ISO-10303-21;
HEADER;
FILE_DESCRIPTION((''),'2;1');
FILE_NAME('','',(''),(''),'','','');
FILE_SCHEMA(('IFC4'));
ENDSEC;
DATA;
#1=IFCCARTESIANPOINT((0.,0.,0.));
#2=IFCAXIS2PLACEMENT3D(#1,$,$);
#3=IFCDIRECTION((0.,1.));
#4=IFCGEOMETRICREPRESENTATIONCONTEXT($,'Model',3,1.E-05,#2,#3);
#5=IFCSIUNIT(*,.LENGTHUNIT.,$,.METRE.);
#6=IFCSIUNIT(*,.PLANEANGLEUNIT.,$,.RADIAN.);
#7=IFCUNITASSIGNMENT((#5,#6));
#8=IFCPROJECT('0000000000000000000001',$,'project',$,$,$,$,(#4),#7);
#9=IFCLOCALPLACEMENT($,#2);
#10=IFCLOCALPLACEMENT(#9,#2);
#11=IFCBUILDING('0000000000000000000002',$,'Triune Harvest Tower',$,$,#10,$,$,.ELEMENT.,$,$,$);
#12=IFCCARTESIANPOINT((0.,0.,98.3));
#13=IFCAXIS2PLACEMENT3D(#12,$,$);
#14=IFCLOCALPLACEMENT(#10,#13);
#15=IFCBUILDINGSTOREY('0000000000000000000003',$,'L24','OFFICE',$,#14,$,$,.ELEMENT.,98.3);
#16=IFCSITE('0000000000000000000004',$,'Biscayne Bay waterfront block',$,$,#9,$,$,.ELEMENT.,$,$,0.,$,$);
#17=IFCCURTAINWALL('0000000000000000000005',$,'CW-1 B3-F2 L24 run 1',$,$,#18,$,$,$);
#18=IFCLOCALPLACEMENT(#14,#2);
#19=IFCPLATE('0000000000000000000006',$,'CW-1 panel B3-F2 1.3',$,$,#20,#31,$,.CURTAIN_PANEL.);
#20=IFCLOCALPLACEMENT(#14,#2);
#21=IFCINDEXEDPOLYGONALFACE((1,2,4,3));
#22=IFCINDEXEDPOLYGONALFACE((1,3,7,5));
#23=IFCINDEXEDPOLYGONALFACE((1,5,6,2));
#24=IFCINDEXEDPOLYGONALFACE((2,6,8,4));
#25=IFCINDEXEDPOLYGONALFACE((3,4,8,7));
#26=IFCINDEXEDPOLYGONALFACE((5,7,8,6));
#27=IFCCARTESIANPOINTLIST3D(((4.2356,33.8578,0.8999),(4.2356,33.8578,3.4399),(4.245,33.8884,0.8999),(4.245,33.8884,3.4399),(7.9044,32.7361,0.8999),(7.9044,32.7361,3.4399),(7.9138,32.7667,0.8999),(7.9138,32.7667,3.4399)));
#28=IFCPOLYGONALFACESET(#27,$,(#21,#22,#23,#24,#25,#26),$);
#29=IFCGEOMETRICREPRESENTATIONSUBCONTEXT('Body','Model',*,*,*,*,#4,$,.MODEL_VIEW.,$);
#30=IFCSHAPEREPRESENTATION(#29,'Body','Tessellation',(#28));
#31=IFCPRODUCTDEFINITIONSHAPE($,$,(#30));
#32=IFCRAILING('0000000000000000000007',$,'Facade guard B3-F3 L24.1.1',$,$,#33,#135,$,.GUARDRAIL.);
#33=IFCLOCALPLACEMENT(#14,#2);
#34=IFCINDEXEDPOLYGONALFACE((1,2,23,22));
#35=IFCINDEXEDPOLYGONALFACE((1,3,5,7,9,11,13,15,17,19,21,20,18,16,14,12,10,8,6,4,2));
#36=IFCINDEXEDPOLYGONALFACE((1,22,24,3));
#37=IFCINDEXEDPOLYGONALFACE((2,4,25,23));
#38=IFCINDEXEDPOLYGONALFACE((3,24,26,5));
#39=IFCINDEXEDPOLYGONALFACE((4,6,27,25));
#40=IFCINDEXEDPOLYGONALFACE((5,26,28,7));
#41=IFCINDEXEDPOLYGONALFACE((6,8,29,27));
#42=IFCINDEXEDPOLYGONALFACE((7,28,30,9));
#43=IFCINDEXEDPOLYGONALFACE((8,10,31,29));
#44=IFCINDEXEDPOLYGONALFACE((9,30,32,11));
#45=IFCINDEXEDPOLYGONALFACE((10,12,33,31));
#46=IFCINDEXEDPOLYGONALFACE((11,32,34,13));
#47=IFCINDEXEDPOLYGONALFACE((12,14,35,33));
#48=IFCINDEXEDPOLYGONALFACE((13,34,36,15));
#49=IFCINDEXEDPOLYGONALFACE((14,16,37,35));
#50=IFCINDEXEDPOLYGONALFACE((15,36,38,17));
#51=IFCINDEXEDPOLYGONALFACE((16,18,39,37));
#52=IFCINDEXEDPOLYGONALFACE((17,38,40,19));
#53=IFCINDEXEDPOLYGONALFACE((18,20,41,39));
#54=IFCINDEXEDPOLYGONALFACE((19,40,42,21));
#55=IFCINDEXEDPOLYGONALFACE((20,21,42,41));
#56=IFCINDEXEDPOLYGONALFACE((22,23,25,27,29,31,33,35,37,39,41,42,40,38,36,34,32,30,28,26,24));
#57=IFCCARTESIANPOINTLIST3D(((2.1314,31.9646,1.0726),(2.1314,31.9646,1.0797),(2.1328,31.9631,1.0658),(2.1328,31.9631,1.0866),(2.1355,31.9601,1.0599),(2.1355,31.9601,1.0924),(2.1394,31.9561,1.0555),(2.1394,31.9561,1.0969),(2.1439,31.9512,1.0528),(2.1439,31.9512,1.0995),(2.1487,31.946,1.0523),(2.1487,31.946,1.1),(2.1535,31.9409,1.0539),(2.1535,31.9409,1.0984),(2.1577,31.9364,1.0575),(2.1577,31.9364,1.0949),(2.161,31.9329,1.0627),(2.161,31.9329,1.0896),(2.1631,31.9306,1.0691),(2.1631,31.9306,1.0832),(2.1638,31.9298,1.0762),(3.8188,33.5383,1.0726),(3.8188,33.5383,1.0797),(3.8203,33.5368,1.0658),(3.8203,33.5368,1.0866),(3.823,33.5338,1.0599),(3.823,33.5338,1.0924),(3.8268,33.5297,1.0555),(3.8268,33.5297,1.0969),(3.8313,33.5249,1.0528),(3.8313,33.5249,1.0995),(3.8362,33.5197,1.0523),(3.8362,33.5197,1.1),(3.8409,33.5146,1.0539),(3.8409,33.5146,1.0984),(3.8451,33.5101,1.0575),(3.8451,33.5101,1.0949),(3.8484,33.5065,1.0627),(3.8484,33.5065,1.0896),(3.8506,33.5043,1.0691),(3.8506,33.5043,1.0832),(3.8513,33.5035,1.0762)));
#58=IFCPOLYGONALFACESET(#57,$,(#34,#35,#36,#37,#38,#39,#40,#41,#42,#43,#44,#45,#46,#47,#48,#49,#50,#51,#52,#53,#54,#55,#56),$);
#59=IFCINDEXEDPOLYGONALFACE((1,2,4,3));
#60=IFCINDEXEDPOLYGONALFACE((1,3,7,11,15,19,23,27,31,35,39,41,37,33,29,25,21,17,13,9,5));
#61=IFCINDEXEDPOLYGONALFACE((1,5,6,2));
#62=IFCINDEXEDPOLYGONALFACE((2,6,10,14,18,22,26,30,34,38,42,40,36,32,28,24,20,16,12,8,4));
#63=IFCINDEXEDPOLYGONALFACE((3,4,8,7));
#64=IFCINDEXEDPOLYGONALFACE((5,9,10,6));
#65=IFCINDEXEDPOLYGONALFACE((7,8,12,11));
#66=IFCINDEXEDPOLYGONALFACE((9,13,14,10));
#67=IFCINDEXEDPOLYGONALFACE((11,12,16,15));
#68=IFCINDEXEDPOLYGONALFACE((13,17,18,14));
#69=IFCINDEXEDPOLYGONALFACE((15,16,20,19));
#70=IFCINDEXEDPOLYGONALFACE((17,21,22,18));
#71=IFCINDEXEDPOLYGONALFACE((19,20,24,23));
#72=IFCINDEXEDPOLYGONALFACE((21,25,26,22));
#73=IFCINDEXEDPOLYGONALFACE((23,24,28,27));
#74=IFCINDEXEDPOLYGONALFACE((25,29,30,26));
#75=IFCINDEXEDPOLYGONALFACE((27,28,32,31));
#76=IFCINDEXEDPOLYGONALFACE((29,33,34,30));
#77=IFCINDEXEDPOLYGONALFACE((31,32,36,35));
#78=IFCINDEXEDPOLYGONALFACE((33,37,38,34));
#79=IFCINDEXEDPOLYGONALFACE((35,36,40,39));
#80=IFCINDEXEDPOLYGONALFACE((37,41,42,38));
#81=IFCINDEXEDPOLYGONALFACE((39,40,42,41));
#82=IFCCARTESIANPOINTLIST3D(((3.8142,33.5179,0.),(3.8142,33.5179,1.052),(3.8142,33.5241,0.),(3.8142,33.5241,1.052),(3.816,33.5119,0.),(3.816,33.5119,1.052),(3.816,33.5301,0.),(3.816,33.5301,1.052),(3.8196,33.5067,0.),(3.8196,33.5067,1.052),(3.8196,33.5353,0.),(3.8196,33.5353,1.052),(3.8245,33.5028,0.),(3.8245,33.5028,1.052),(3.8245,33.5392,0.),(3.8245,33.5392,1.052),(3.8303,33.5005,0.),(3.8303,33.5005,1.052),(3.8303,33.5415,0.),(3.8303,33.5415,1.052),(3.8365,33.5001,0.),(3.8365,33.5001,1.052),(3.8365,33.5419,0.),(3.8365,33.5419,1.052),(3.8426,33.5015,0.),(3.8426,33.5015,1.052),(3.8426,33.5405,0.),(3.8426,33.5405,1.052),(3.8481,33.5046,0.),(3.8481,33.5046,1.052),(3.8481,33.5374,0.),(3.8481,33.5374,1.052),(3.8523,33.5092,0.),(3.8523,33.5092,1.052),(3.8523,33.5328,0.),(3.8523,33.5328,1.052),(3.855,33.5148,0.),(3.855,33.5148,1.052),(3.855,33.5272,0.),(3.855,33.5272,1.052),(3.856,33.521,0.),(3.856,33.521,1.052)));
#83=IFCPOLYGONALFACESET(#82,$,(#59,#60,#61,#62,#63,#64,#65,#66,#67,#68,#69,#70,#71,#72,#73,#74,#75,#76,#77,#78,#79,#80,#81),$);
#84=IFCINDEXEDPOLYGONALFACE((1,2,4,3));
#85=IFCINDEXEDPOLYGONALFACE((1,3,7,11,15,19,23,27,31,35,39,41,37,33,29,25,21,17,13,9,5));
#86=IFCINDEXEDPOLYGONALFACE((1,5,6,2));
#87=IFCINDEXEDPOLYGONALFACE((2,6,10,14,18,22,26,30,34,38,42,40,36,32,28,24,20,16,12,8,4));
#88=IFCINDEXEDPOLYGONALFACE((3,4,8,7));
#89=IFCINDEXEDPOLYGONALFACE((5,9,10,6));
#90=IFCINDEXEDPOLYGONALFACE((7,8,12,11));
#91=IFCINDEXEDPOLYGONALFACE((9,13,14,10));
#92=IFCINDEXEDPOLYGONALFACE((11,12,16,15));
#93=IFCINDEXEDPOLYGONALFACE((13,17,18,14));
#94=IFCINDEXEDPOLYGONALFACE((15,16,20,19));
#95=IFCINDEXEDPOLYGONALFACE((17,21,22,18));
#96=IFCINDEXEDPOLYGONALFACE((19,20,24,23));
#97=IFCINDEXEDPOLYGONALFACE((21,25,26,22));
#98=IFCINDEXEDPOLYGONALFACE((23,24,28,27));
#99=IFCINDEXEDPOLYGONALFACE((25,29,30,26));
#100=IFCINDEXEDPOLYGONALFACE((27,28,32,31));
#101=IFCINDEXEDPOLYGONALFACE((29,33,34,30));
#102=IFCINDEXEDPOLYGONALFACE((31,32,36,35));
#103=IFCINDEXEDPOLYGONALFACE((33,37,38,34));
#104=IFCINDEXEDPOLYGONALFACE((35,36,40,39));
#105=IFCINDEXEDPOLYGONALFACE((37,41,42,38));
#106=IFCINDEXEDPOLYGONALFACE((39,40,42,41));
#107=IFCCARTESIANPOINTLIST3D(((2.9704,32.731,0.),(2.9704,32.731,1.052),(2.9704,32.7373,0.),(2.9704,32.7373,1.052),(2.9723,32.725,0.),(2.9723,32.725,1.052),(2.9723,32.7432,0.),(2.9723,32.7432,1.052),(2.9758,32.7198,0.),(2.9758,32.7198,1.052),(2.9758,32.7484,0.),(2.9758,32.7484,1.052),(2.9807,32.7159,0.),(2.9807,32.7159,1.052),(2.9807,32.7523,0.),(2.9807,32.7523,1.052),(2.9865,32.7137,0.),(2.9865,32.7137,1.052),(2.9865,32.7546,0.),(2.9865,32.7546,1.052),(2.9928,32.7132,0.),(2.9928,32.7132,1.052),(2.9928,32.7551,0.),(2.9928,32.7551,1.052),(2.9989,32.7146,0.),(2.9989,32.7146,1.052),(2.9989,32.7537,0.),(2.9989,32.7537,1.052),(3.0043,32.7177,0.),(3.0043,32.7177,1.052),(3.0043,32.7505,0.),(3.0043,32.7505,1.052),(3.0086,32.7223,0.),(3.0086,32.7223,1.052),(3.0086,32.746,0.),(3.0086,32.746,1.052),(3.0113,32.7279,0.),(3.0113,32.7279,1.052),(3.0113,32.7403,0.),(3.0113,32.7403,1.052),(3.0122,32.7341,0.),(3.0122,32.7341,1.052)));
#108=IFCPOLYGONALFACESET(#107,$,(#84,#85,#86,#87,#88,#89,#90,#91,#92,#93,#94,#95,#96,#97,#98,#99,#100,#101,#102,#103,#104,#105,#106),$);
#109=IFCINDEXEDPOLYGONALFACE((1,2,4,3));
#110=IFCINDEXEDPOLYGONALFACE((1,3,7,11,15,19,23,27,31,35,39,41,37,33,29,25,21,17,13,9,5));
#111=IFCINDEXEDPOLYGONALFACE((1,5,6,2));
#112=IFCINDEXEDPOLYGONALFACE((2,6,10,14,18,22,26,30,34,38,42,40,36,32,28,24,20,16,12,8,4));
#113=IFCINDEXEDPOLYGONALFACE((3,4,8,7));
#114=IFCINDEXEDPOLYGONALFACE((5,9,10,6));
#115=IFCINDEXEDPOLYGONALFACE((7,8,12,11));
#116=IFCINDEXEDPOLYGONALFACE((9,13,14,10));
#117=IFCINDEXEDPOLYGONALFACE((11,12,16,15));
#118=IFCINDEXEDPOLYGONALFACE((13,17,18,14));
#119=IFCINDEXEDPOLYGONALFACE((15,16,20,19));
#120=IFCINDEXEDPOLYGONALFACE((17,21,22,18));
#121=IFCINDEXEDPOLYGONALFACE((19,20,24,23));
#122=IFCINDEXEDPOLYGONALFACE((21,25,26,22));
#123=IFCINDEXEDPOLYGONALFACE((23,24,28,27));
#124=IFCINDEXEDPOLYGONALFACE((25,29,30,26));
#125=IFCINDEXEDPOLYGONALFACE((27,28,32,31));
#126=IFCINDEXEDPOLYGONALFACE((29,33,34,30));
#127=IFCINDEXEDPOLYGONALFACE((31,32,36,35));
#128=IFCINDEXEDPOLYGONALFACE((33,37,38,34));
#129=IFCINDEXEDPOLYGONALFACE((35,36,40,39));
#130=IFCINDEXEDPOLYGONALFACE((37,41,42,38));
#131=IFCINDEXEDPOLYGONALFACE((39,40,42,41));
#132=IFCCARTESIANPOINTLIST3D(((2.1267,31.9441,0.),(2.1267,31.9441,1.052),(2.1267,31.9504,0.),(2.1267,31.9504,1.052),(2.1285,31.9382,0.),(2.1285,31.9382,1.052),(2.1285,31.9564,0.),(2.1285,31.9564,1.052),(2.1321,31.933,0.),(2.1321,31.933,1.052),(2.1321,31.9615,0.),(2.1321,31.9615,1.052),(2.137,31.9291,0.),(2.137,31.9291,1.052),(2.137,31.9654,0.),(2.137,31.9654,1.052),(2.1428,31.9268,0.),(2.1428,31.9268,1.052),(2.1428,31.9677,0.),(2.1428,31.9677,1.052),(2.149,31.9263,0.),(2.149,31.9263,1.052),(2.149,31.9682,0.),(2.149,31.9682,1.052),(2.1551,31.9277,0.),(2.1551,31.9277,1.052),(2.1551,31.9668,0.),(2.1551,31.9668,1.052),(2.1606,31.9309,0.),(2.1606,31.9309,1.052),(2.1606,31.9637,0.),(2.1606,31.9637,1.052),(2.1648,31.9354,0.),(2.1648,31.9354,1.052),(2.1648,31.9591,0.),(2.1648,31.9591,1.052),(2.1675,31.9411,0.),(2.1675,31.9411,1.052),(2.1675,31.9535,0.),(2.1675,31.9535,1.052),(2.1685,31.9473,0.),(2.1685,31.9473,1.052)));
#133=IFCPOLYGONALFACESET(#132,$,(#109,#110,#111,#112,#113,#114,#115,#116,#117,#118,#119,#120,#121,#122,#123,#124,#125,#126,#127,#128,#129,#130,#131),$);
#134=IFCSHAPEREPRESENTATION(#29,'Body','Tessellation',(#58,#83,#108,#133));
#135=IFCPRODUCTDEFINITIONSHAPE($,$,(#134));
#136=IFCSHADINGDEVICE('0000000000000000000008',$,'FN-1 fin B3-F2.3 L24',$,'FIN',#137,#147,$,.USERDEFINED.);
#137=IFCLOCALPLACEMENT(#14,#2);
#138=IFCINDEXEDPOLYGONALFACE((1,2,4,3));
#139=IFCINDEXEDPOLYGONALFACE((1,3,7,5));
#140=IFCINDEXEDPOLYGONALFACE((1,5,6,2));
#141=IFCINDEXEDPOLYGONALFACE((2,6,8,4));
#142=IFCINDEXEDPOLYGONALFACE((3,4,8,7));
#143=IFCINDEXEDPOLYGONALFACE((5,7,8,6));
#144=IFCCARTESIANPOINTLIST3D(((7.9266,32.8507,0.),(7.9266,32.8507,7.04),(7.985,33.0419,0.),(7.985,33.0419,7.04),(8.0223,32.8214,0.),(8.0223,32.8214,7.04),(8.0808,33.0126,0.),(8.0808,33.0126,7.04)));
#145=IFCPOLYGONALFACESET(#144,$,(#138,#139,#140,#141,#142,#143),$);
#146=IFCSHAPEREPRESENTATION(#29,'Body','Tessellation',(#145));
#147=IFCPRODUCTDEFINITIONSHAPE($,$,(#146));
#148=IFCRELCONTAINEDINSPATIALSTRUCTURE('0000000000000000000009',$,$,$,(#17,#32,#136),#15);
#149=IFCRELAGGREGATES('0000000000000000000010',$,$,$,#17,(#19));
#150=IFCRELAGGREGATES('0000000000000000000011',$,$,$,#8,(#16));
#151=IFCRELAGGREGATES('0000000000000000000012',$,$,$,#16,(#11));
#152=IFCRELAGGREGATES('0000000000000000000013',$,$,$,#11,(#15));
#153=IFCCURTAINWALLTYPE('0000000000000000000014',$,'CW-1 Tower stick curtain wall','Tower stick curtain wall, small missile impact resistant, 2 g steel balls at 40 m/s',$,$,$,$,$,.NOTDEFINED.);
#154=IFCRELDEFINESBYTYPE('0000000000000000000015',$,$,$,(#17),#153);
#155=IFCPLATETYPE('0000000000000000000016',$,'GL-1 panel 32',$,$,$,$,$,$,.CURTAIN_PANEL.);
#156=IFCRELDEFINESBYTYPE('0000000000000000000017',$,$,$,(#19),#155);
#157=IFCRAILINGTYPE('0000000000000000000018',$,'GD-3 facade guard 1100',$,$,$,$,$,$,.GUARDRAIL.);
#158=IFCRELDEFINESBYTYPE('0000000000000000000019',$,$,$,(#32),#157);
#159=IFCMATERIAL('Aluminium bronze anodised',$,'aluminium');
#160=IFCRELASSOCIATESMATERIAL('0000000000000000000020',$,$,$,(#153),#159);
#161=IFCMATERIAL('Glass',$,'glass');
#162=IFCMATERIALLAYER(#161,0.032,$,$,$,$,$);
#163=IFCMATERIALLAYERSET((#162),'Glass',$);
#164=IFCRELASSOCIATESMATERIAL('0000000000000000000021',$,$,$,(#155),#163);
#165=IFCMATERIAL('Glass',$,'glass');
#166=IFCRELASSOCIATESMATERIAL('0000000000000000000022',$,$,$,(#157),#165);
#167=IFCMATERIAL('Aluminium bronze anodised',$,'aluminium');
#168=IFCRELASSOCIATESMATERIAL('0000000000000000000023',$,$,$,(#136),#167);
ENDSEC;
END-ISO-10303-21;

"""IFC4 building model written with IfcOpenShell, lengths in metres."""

from ifc_helpers import new_model, si_unit, direction, frame, origin, origin_2d, place, context, subcontext, project, spatial, rectangle, circle, extrude, source, transform, mapped, material, layer, layer_set, type_object, element, aggregate, save


model = new_model("IFC4")

# Units and contexts
model_context = context("Model", 3, precision=1e-05, world=origin(), true_north=direction((0.0, 1.0)))
body_context = subcontext(model_context, "Body", "Model", "MODEL_VIEW")
ifc_project = project(units=[si_unit("LENGTHUNIT", "METRE"), si_unit("PLANEANGLEUNIT", "RADIAN")], contexts=[model_context])

# Site, building, storey
site_placement = place(None, origin())
site = spatial("IfcSite", under=ifc_project, at=site_placement, Name="Biscayne Bay waterfront block", CompositionType="ELEMENT", RefElevation=0.0)
building_placement = place(site_placement, origin())
building = spatial("IfcBuilding", under=site, at=building_placement, Name="Triune Harvest Tower", CompositionType="ELEMENT")
storey_placement = place(building_placement, frame((0.0, 0.0, 98.3)))
storey = spatial("IfcBuildingStorey", under=building, at=storey_placement, Name="L24", Description="OFFICE", CompositionType="ELEMENT", Elevation=98.3)

# Curtain wall
ifc_material_1 = material(Name="Aluminium bronze anodised", Category="aluminium")
curtain_wall_type_1 = type_object("IfcCurtainWallType", Name="CW-1 Tower stick curtain wall", Description="Tower stick curtain wall, small missile impact resistant, 2 g steel balls at 40 m/s", PredefinedType="NOTDEFINED", material=ifc_material_1)
curtain_wall_1_placement = place(storey_placement, origin())
curtain_wall_1 = element("IfcCurtainWall", 1, at=curtain_wall_1_placement, inside=storey, type_object=curtain_wall_type_1, Name="CW-1 B3-F2 L24 run 1")

# Plate
ifc_material_2 = material(Name="Glass", Category="glass")
ifc_layer_1 = layer(ifc_material_2, 0.032)
ifc_layer_set_1 = layer_set([ifc_layer_1], Name="Glass")
plate_type_1 = type_object("IfcPlateType", Name="GL-1 panel 32", PredefinedType="CURTAIN_PANEL", material=ifc_layer_set_1)
shared_shape_1 = source(origin(), body_context, "Body", "SweptSolid", [
    extrude(rectangle(XDim=3.8364, YDim=0.032, at=origin_2d()), origin(), (0.0, 0.0, 1.0), 2.54),
])
plate_1_placement = place(storey_placement, frame((6.0747, 33.3123, 0.8999), z_axis=(0.0, 0.0, 1.0), x_axis=(-0.956303, 0.292377, 0.0)))
plate_1 = element("IfcPlate", 2, at=plate_1_placement, type_object=plate_type_1, Name="CW-1 panel B3-F2 1.3", PredefinedType="CURTAIN_PANEL", context=body_context, shape_type="MappedRepresentation", body=[
    mapped(shared_shape_1, transform((0.0, 0.0, 0.0), scale=1.0)),
])
aggregate(curtain_wall_1, [plate_1])

# Railing
ifc_material_3 = material(Name="Glass", Category="glass")
railing_type = type_object("IfcRailingType", Name="GD-3 facade guard 1100", PredefinedType="GUARDRAIL", material=ifc_material_3)
railing_placement = place(storey_placement, frame((3.835, 33.521, 0.0)))
element("IfcRailing", 3, at=railing_placement, inside=storey, type_object=railing_type, Name="Facade guard B3-F3 L24.1.1", PredefinedType="GUARDRAIL", context=body_context, shape_type="SweptSolid", body=[
    extrude(circle(Radius=0.0239, at=origin_2d()), frame((0.0, 0.0, 1.0762), z_axis=(-0.73133, -0.682024, 0.0), x_axis=(0.682024, -0.73133, 0.0)), (0.0, 0.0, 1.0), 2.3074),
    extrude(circle(Radius=0.021, at=origin_2d()), origin(), (0.0, 0.0, 1.0), 1.052),
    extrude(circle(Radius=0.021, at=origin_2d()), frame((-0.8438, -0.7869, 0.0)), (0.0, 0.0, 1.0), 1.052),
    extrude(circle(Radius=0.021, at=origin_2d()), frame((-1.6875, -1.5737, 0.0)), (0.0, 0.0, 1.0), 1.052),
])

# Shading device
ifc_material_4 = material(Name="Aluminium bronze anodised", Category="aluminium")
shared_shape_2 = source(origin(), body_context, "Body", "SweptSolid", [
    extrude(rectangle(XDim=0.1001, YDim=0.2, at=origin_2d()), origin(), (0.0, 0.0, 1.0), 7.04),
])
shading_device_placement = place(storey_placement, frame((8.0037, 32.9316, 0.0), z_axis=(0.0, 0.0, 1.0), x_axis=(-0.956303, 0.292377, 0.0)))
element("IfcShadingDevice", 4, at=shading_device_placement, inside=storey, material=ifc_material_4, Name="FN-1 fin B3-F2.3 L24", ObjectType="FIN", PredefinedType="USERDEFINED", context=body_context, shape_type="MappedRepresentation", body=[
    mapped(shared_shape_2, transform((0.0, 0.0, 0.0), scale=1.0)),
])

save(model, "model.ifc")
